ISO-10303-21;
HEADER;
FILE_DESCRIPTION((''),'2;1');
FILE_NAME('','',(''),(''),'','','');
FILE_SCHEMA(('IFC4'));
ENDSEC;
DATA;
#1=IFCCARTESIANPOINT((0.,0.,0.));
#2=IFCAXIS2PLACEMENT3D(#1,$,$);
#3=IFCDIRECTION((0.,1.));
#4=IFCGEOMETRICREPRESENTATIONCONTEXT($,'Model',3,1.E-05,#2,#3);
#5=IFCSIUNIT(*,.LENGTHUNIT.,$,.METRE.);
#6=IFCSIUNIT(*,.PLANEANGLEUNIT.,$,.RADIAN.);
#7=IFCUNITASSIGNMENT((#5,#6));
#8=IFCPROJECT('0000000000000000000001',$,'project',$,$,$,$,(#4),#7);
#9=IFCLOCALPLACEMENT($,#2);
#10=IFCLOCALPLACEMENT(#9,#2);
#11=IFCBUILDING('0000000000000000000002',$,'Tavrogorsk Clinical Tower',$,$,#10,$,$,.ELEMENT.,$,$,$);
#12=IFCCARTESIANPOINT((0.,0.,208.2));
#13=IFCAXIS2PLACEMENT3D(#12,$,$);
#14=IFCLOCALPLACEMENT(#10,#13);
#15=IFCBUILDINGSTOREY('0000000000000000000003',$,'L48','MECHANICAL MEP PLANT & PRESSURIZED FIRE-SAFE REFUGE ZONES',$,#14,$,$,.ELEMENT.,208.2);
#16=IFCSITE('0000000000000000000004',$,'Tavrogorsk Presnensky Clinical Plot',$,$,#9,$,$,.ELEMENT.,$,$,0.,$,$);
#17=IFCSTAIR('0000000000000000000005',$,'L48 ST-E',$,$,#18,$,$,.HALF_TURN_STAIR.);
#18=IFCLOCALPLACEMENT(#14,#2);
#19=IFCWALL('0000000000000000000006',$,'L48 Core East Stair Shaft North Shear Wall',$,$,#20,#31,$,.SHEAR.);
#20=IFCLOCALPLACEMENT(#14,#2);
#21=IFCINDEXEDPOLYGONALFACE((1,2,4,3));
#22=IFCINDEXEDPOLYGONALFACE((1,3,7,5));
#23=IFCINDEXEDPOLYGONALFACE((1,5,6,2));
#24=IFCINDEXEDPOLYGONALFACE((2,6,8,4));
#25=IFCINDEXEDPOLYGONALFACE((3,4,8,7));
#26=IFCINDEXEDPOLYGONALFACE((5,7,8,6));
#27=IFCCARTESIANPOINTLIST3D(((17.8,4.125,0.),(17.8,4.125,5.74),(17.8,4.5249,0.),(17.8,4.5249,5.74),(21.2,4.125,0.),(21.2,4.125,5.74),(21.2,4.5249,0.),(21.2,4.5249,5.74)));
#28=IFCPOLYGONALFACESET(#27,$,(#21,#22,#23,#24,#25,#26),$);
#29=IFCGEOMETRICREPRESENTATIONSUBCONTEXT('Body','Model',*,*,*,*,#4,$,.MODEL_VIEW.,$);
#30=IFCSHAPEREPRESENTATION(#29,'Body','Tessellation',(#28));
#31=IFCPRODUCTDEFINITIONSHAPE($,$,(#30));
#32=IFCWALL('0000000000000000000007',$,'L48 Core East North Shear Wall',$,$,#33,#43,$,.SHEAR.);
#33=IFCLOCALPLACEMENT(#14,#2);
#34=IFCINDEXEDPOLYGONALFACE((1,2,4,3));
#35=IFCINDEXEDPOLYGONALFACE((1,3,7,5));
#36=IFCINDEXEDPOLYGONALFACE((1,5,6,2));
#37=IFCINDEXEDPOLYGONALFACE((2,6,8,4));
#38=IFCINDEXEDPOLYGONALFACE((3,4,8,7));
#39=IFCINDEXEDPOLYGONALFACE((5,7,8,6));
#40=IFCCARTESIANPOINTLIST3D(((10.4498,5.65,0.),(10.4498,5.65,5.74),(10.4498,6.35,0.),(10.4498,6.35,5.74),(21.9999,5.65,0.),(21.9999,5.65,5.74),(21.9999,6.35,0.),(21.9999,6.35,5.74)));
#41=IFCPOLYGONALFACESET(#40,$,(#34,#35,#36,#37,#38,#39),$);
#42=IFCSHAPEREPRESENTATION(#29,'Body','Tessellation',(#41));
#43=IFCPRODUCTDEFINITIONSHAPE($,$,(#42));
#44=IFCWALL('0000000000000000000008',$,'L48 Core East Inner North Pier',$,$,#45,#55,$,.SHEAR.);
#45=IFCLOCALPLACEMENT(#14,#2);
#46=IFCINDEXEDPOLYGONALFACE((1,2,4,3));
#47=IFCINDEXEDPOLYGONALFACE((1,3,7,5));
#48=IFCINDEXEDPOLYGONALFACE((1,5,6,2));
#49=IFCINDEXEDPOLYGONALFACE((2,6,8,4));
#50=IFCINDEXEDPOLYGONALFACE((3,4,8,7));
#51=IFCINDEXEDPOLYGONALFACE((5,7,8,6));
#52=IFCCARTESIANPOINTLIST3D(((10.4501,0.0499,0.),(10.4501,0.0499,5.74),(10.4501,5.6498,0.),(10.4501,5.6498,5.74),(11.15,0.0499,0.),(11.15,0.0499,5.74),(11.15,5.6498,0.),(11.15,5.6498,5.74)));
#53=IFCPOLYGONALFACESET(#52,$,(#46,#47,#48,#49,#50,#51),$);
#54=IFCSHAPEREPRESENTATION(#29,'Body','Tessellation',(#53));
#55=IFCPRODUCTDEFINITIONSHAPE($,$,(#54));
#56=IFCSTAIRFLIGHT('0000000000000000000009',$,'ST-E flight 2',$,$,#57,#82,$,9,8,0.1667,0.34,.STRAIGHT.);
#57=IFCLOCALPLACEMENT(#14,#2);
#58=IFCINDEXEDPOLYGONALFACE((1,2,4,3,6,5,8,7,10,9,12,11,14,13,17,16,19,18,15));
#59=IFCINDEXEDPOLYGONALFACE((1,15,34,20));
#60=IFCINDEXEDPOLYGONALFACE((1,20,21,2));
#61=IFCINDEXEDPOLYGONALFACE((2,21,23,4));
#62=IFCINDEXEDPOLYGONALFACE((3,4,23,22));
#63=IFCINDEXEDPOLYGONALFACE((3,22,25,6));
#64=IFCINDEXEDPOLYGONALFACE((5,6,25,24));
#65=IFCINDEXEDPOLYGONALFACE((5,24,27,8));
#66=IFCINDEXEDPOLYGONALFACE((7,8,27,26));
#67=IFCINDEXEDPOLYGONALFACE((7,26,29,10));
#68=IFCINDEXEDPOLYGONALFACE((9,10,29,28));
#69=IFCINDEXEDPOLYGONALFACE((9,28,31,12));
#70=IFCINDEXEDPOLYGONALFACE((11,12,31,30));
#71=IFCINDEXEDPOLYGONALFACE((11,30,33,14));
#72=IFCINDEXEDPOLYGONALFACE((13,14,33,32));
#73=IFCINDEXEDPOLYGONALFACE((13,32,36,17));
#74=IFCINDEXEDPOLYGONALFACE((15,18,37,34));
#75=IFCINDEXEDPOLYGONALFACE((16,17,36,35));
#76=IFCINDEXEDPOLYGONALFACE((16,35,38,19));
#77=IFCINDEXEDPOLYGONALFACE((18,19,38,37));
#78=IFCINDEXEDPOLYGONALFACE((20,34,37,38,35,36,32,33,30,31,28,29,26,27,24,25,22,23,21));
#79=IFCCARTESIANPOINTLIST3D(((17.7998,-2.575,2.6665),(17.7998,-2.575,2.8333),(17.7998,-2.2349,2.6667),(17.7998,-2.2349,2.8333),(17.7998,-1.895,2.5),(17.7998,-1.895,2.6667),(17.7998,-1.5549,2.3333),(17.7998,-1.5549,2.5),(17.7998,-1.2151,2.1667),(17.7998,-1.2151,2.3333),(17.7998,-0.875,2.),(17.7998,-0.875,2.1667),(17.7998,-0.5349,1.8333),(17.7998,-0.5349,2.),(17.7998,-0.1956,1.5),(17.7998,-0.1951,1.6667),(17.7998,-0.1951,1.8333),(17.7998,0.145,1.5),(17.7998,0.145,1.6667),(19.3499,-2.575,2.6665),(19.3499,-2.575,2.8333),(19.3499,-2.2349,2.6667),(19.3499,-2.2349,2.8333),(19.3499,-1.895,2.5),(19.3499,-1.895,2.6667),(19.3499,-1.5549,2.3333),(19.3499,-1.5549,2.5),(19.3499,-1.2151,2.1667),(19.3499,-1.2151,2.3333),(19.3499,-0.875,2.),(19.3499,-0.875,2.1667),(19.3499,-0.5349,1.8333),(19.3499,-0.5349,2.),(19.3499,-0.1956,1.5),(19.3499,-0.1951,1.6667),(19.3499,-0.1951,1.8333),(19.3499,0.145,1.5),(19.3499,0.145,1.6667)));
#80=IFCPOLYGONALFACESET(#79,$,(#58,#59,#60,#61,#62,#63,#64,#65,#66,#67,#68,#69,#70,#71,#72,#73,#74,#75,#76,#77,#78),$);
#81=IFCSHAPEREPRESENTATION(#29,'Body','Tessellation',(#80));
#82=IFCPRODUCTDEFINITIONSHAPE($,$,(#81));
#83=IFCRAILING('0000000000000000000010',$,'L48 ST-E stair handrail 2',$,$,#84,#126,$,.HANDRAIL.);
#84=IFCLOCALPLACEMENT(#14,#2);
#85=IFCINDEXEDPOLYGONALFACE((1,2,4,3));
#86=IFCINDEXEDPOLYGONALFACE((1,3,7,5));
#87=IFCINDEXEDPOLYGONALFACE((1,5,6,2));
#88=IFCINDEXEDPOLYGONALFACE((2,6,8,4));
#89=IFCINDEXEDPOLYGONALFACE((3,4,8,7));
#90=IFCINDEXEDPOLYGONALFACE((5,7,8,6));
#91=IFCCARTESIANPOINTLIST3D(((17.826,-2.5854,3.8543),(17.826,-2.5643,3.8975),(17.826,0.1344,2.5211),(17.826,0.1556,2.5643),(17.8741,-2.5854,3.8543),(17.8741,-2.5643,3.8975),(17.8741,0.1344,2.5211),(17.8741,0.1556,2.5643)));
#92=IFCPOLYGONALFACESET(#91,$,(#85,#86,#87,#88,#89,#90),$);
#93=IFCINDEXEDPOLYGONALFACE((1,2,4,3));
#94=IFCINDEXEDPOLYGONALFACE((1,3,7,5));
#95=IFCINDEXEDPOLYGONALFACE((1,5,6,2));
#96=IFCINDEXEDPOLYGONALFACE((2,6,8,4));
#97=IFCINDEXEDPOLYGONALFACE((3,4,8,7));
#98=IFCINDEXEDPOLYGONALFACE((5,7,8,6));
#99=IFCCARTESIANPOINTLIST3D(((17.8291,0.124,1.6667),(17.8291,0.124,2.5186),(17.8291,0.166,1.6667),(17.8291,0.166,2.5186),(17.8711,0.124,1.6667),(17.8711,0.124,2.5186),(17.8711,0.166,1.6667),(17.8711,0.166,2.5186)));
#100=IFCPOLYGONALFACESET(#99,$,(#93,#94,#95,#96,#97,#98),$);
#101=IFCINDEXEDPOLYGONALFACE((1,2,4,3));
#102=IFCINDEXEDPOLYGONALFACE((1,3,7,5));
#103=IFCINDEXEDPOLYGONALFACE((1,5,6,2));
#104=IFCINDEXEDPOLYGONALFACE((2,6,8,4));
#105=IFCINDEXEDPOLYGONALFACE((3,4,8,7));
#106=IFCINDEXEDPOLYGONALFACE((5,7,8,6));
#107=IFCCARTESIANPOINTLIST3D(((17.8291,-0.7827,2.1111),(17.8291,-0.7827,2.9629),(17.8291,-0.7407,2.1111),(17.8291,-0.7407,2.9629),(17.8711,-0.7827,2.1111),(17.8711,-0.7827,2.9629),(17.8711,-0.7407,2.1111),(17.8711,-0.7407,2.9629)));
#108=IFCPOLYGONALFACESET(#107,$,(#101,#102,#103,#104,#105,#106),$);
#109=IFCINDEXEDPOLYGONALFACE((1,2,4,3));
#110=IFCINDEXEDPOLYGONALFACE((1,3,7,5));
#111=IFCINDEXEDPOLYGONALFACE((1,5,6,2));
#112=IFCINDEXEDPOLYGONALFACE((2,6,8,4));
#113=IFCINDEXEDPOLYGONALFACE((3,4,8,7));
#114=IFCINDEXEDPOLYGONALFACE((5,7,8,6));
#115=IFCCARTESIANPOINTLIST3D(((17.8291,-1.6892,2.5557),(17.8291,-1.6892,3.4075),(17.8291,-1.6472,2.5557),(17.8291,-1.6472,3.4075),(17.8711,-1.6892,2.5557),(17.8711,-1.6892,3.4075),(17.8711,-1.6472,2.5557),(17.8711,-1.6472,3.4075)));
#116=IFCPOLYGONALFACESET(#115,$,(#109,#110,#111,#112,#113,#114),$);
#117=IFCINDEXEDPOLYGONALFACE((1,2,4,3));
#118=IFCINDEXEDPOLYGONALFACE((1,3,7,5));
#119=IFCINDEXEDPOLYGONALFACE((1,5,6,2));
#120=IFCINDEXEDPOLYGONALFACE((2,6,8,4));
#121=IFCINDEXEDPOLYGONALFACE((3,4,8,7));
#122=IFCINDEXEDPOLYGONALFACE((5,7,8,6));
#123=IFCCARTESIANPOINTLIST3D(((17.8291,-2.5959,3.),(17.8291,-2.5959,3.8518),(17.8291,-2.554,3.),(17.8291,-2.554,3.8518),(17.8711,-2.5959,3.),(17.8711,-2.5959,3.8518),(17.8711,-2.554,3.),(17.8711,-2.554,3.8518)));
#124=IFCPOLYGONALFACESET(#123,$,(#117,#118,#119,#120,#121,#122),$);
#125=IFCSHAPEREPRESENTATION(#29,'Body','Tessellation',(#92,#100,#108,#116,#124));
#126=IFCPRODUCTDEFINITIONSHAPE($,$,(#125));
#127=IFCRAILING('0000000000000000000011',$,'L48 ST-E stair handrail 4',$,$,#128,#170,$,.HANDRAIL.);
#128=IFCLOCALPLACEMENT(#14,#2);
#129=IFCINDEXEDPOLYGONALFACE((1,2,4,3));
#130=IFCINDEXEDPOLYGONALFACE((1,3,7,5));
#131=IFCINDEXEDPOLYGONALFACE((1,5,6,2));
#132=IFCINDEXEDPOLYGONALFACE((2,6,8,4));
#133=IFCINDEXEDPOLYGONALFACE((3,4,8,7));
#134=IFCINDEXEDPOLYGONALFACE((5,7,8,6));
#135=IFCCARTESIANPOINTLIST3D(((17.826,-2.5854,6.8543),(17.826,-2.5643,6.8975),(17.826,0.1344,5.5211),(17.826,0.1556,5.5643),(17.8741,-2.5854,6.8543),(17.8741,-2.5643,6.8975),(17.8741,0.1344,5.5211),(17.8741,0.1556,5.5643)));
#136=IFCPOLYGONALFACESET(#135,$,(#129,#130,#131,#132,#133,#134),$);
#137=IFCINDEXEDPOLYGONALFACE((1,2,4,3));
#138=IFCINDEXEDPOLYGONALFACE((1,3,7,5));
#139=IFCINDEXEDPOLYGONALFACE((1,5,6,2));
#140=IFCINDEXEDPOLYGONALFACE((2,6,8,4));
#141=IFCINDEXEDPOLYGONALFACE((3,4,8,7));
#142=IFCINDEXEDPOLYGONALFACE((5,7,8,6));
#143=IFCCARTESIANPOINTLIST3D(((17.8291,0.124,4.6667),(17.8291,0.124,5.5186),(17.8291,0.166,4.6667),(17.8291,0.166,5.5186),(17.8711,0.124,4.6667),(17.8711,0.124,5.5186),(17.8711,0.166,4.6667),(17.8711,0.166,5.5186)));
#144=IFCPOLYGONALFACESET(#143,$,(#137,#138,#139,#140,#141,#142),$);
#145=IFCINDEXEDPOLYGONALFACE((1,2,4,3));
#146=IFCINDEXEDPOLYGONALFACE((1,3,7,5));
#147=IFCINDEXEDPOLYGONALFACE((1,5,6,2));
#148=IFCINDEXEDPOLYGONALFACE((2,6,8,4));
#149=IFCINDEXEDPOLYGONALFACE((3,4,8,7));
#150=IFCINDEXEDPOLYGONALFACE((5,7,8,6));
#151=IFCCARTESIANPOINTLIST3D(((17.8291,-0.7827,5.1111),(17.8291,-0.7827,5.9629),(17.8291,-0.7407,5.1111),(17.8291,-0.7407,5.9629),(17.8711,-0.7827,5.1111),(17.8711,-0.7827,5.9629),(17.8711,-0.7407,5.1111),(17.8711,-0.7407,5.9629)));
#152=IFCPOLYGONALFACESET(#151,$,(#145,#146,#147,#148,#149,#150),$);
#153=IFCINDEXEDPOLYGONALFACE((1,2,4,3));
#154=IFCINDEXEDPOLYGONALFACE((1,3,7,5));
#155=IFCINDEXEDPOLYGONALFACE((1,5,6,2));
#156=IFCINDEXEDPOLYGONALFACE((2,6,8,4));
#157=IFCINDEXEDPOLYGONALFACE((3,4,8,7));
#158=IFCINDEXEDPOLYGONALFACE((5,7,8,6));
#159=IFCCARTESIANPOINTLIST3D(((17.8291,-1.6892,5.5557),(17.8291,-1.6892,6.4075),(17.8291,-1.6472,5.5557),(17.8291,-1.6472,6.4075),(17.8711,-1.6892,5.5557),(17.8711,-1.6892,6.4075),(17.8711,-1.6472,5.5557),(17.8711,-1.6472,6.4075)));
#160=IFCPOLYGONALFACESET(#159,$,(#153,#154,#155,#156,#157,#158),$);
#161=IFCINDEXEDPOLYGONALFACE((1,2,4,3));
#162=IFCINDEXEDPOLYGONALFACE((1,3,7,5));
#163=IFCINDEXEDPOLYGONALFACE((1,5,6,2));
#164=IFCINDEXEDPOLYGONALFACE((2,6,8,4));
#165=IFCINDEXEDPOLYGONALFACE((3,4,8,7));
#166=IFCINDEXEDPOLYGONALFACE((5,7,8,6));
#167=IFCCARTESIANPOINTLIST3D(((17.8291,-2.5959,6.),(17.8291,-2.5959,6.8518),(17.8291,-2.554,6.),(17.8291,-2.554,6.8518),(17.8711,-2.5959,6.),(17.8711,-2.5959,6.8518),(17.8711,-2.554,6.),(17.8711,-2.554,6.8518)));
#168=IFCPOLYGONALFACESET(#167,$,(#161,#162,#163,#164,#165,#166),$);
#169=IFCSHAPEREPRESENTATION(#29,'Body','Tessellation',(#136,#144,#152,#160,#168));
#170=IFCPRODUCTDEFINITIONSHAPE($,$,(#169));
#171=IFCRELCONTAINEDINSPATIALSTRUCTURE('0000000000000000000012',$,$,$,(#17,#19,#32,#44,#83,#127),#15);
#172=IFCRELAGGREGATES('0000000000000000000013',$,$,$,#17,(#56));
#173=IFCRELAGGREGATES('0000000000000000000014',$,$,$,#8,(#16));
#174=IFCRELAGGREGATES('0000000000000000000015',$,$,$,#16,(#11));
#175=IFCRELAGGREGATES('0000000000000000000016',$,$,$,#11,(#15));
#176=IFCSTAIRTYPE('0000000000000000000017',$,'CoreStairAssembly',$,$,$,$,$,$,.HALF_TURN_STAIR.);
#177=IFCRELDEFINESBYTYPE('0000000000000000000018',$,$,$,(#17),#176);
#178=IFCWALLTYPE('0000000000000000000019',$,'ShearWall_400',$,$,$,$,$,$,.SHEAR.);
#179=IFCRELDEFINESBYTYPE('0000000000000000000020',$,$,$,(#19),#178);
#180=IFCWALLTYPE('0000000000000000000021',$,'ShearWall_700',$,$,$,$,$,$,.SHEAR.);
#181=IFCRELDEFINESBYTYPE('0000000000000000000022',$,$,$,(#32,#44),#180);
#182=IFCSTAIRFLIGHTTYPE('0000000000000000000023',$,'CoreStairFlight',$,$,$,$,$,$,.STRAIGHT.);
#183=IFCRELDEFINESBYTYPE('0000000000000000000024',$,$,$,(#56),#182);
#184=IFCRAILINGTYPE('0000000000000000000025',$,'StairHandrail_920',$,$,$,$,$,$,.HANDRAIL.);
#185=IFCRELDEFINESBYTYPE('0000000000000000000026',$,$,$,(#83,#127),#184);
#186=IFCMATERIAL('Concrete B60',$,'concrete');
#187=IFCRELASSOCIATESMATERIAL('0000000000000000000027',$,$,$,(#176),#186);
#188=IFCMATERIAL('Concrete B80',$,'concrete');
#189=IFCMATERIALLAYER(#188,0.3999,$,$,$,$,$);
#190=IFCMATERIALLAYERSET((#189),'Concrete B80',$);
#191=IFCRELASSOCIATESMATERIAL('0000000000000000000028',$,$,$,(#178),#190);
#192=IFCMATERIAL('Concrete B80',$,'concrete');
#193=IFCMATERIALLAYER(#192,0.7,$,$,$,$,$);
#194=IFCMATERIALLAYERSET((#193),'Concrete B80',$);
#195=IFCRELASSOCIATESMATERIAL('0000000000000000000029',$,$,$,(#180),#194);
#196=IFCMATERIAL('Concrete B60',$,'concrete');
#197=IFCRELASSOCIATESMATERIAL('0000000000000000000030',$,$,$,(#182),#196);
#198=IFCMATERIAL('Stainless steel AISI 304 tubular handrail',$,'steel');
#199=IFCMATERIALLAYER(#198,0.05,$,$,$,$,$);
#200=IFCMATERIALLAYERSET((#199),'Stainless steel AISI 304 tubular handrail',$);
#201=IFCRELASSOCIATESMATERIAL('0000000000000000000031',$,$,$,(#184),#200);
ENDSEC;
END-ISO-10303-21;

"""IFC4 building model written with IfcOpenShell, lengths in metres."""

from ifc_helpers import new_model, si_unit, direction, frame, frame_2d, origin, origin_2d, place, context, subcontext, project, spatial, polyline, rectangle, outline, extrude, material, layer, layer_set, type_object, element, aggregate, save


model = new_model("IFC4")

# Units and contexts
model_context = context("Model", 3, precision=1e-05, world=origin(), true_north=direction((0.0, 1.0)))
body_context = subcontext(model_context, "Body", "Model", "MODEL_VIEW")
ifc_project = project(units=[si_unit("LENGTHUNIT", "METRE"), si_unit("PLANEANGLEUNIT", "RADIAN")], contexts=[model_context])

# Site, building, storey
site_placement = place(None, origin())
site = spatial("IfcSite", under=ifc_project, at=site_placement, Name="Tavrogorsk Presnensky Clinical Plot", CompositionType="ELEMENT", RefElevation=0.0)
building_placement = place(site_placement, origin())
building = spatial("IfcBuilding", under=site, at=building_placement, Name="Tavrogorsk Clinical Tower", CompositionType="ELEMENT")
storey_placement = place(building_placement, frame((0.0, 0.0, 208.2)))
storey = spatial("IfcBuildingStorey", under=building, at=storey_placement, Name="L48", Description="MECHANICAL MEP PLANT & PRESSURIZED FIRE-SAFE REFUGE ZONES", CompositionType="ELEMENT", Elevation=208.2)

# Stair
ifc_material_1 = material(Name="Concrete B60", Category="concrete")
stair_type = type_object("IfcStairType", Name="CoreStairAssembly", PredefinedType="HALF_TURN_STAIR", material=ifc_material_1)
stair_placement = place(storey_placement, origin())
stair = element("IfcStair", 1, at=stair_placement, inside=storey, type_object=stair_type, Name="L48 ST-E", PredefinedType="HALF_TURN_STAIR")

# Walls
ifc_material_2 = material(Name="Concrete B80", Category="concrete")
ifc_layer_1 = layer(ifc_material_2, 0.3999)
ifc_layer_set_1 = layer_set([ifc_layer_1], Name="Concrete B80")
wall_type_1 = type_object("IfcWallType", Name="ShearWall_400", PredefinedType="SHEAR", material=ifc_layer_set_1)
wall_1_placement = place(storey_placement, frame((17.8, 4.325, 0.0), z_axis=(0.0, 0.0, 1.0), x_axis=(1.0, 0.0, 0.0)))
element("IfcWall", 2, at=wall_1_placement, inside=storey, type_object=wall_type_1, Name="L48 Core East Stair Shaft North Shear Wall", PredefinedType="SHEAR", context=body_context, shape_type="SweptSolid", body=[
    extrude(rectangle(XDim=3.3999, YDim=0.3999, at=frame_2d((1.7, 0.0))), origin(), (0.0, 0.0, 1.0), 5.74),
])
ifc_material_3 = material(Name="Concrete B80", Category="concrete")
ifc_layer_2 = layer(ifc_material_3, 0.7)
ifc_layer_set_2 = layer_set([ifc_layer_2], Name="Concrete B80")
wall_type_2 = type_object("IfcWallType", Name="ShearWall_700", PredefinedType="SHEAR", material=ifc_layer_set_2)
wall_2_placement = place(storey_placement, frame((10.45, 6.0, 0.0), z_axis=(0.0, 0.0, 1.0), x_axis=(1.0, 0.0, 0.0)))
element("IfcWall", 3, at=wall_2_placement, inside=storey, type_object=wall_type_2, Name="L48 Core East North Shear Wall", PredefinedType="SHEAR", context=body_context, shape_type="SweptSolid", body=[
    extrude(rectangle(XDim=11.55, YDim=0.7, at=frame_2d((5.7749, 0.0))), origin(), (0.0, 0.0, 1.0), 5.74),
])
wall_3_placement = place(storey_placement, frame((10.8, 0.05, 0.0), z_axis=(0.0, 0.0, 1.0), x_axis=(0.0, 1.0, 0.0)))
element("IfcWall", 4, at=wall_3_placement, inside=storey, type_object=wall_type_2, Name="L48 Core East Inner North Pier", PredefinedType="SHEAR", context=body_context, shape_type="SweptSolid", body=[
    extrude(rectangle(XDim=5.5999, YDim=0.7, at=frame_2d((2.7998, 0.0))), origin(), (0.0, 0.0, 1.0), 5.74),
])

# Stair flight
ifc_material_4 = material(Name="Concrete B60", Category="concrete")
stair_flight_type = type_object("IfcStairFlightType", Name="CoreStairFlight", PredefinedType="STRAIGHT", material=ifc_material_4)
stair_flight_placement = place(storey_placement, frame((18.575, 0.145, 1.5), z_axis=(0.0, 0.0, 1.0), x_axis=(0.0, -1.0, 0.0)))
stair_flight = element("IfcStairFlight", 5, at=stair_flight_placement, type_object=stair_flight_type, Name="ST-E flight 2", NumberOfRisers=9, NumberOfTreads=8, PredefinedType="STRAIGHT", RiserHeight=0.1667, TreadLength=0.34, context=body_context, shape_type="SweptSolid", body=[
    extrude(outline(polyline([(0.0, 0.0), (0.0, 0.1667), (0.3401, 0.1667), (0.3401, 0.3333), (0.6799, 0.3333), (0.6799, 0.5), (1.02, 0.5), (1.02, 0.6667), (1.3601, 0.6667), (1.3601, 0.8333), (1.7, 0.8333), (1.7, 1.0), (2.04, 1.0), (2.04, 1.1667), (2.3799, 1.1667), (2.3799, 1.3333), (2.72, 1.3333), (2.72, 1.5), (2.72, 1.1665), (0.3406, 0.0), (0.0, 0.0)])), frame((0.0, 0.7749, 0.0), z_axis=(0.0, -1.0, 0.0), x_axis=(1.0, 0.0, 0.0)), (0.0, 0.0, 1.0), 1.55),
])
aggregate(stair, [stair_flight])

# Railings
ifc_material_5 = material(Name="Stainless steel AISI 304 tubular handrail", Category="steel")
ifc_layer_3 = layer(ifc_material_5, 0.05)
ifc_layer_set_3 = layer_set([ifc_layer_3], Name="Stainless steel AISI 304 tubular handrail")
railing_type = type_object("IfcRailingType", Name="StairHandrail_920", PredefinedType="HANDRAIL", material=ifc_layer_set_3)
for number, where, name in (
    (6, (17.8501, 0.145, 1.6667), "L48 ST-E stair handrail 2"),
    (7, (17.8501, 0.145, 4.6667), "L48 ST-E stair handrail 4"),
):
    element("IfcRailing", number, at=place(storey_placement, frame(where)), inside=storey, type_object=railing_type, Name=name, PredefinedType="HANDRAIL", context=body_context, shape_type="SweptSolid", body=[
        extrude(rectangle(XDim=0.0481, YDim=0.0481, at=origin_2d()), frame((0.0, 0.0, 0.876), z_axis=(0.0, -0.897929, 0.440139), x_axis=(1.0, 0.0, 0.0)), (0.0, 0.0, 1.0), 3.0291),
        extrude(rectangle(XDim=0.042, YDim=0.042, at=origin_2d()), origin(), (0.0, 0.0, 1.0), 0.8518),
        extrude(rectangle(XDim=0.042, YDim=0.042, at=origin_2d()), frame((0.0, -0.9067, 0.4443)), (0.0, 0.0, 1.0), 0.8518),
        extrude(rectangle(XDim=0.042, YDim=0.042, at=origin_2d()), frame((0.0, -1.8132, 0.8889)), (0.0, 0.0, 1.0), 0.8518),
        extrude(rectangle(XDim=0.042, YDim=0.042, at=origin_2d()), frame((0.0, -2.72, 1.3333)), (0.0, 0.0, 1.0), 0.8518),
    ])

save(model, "model.ifc")
